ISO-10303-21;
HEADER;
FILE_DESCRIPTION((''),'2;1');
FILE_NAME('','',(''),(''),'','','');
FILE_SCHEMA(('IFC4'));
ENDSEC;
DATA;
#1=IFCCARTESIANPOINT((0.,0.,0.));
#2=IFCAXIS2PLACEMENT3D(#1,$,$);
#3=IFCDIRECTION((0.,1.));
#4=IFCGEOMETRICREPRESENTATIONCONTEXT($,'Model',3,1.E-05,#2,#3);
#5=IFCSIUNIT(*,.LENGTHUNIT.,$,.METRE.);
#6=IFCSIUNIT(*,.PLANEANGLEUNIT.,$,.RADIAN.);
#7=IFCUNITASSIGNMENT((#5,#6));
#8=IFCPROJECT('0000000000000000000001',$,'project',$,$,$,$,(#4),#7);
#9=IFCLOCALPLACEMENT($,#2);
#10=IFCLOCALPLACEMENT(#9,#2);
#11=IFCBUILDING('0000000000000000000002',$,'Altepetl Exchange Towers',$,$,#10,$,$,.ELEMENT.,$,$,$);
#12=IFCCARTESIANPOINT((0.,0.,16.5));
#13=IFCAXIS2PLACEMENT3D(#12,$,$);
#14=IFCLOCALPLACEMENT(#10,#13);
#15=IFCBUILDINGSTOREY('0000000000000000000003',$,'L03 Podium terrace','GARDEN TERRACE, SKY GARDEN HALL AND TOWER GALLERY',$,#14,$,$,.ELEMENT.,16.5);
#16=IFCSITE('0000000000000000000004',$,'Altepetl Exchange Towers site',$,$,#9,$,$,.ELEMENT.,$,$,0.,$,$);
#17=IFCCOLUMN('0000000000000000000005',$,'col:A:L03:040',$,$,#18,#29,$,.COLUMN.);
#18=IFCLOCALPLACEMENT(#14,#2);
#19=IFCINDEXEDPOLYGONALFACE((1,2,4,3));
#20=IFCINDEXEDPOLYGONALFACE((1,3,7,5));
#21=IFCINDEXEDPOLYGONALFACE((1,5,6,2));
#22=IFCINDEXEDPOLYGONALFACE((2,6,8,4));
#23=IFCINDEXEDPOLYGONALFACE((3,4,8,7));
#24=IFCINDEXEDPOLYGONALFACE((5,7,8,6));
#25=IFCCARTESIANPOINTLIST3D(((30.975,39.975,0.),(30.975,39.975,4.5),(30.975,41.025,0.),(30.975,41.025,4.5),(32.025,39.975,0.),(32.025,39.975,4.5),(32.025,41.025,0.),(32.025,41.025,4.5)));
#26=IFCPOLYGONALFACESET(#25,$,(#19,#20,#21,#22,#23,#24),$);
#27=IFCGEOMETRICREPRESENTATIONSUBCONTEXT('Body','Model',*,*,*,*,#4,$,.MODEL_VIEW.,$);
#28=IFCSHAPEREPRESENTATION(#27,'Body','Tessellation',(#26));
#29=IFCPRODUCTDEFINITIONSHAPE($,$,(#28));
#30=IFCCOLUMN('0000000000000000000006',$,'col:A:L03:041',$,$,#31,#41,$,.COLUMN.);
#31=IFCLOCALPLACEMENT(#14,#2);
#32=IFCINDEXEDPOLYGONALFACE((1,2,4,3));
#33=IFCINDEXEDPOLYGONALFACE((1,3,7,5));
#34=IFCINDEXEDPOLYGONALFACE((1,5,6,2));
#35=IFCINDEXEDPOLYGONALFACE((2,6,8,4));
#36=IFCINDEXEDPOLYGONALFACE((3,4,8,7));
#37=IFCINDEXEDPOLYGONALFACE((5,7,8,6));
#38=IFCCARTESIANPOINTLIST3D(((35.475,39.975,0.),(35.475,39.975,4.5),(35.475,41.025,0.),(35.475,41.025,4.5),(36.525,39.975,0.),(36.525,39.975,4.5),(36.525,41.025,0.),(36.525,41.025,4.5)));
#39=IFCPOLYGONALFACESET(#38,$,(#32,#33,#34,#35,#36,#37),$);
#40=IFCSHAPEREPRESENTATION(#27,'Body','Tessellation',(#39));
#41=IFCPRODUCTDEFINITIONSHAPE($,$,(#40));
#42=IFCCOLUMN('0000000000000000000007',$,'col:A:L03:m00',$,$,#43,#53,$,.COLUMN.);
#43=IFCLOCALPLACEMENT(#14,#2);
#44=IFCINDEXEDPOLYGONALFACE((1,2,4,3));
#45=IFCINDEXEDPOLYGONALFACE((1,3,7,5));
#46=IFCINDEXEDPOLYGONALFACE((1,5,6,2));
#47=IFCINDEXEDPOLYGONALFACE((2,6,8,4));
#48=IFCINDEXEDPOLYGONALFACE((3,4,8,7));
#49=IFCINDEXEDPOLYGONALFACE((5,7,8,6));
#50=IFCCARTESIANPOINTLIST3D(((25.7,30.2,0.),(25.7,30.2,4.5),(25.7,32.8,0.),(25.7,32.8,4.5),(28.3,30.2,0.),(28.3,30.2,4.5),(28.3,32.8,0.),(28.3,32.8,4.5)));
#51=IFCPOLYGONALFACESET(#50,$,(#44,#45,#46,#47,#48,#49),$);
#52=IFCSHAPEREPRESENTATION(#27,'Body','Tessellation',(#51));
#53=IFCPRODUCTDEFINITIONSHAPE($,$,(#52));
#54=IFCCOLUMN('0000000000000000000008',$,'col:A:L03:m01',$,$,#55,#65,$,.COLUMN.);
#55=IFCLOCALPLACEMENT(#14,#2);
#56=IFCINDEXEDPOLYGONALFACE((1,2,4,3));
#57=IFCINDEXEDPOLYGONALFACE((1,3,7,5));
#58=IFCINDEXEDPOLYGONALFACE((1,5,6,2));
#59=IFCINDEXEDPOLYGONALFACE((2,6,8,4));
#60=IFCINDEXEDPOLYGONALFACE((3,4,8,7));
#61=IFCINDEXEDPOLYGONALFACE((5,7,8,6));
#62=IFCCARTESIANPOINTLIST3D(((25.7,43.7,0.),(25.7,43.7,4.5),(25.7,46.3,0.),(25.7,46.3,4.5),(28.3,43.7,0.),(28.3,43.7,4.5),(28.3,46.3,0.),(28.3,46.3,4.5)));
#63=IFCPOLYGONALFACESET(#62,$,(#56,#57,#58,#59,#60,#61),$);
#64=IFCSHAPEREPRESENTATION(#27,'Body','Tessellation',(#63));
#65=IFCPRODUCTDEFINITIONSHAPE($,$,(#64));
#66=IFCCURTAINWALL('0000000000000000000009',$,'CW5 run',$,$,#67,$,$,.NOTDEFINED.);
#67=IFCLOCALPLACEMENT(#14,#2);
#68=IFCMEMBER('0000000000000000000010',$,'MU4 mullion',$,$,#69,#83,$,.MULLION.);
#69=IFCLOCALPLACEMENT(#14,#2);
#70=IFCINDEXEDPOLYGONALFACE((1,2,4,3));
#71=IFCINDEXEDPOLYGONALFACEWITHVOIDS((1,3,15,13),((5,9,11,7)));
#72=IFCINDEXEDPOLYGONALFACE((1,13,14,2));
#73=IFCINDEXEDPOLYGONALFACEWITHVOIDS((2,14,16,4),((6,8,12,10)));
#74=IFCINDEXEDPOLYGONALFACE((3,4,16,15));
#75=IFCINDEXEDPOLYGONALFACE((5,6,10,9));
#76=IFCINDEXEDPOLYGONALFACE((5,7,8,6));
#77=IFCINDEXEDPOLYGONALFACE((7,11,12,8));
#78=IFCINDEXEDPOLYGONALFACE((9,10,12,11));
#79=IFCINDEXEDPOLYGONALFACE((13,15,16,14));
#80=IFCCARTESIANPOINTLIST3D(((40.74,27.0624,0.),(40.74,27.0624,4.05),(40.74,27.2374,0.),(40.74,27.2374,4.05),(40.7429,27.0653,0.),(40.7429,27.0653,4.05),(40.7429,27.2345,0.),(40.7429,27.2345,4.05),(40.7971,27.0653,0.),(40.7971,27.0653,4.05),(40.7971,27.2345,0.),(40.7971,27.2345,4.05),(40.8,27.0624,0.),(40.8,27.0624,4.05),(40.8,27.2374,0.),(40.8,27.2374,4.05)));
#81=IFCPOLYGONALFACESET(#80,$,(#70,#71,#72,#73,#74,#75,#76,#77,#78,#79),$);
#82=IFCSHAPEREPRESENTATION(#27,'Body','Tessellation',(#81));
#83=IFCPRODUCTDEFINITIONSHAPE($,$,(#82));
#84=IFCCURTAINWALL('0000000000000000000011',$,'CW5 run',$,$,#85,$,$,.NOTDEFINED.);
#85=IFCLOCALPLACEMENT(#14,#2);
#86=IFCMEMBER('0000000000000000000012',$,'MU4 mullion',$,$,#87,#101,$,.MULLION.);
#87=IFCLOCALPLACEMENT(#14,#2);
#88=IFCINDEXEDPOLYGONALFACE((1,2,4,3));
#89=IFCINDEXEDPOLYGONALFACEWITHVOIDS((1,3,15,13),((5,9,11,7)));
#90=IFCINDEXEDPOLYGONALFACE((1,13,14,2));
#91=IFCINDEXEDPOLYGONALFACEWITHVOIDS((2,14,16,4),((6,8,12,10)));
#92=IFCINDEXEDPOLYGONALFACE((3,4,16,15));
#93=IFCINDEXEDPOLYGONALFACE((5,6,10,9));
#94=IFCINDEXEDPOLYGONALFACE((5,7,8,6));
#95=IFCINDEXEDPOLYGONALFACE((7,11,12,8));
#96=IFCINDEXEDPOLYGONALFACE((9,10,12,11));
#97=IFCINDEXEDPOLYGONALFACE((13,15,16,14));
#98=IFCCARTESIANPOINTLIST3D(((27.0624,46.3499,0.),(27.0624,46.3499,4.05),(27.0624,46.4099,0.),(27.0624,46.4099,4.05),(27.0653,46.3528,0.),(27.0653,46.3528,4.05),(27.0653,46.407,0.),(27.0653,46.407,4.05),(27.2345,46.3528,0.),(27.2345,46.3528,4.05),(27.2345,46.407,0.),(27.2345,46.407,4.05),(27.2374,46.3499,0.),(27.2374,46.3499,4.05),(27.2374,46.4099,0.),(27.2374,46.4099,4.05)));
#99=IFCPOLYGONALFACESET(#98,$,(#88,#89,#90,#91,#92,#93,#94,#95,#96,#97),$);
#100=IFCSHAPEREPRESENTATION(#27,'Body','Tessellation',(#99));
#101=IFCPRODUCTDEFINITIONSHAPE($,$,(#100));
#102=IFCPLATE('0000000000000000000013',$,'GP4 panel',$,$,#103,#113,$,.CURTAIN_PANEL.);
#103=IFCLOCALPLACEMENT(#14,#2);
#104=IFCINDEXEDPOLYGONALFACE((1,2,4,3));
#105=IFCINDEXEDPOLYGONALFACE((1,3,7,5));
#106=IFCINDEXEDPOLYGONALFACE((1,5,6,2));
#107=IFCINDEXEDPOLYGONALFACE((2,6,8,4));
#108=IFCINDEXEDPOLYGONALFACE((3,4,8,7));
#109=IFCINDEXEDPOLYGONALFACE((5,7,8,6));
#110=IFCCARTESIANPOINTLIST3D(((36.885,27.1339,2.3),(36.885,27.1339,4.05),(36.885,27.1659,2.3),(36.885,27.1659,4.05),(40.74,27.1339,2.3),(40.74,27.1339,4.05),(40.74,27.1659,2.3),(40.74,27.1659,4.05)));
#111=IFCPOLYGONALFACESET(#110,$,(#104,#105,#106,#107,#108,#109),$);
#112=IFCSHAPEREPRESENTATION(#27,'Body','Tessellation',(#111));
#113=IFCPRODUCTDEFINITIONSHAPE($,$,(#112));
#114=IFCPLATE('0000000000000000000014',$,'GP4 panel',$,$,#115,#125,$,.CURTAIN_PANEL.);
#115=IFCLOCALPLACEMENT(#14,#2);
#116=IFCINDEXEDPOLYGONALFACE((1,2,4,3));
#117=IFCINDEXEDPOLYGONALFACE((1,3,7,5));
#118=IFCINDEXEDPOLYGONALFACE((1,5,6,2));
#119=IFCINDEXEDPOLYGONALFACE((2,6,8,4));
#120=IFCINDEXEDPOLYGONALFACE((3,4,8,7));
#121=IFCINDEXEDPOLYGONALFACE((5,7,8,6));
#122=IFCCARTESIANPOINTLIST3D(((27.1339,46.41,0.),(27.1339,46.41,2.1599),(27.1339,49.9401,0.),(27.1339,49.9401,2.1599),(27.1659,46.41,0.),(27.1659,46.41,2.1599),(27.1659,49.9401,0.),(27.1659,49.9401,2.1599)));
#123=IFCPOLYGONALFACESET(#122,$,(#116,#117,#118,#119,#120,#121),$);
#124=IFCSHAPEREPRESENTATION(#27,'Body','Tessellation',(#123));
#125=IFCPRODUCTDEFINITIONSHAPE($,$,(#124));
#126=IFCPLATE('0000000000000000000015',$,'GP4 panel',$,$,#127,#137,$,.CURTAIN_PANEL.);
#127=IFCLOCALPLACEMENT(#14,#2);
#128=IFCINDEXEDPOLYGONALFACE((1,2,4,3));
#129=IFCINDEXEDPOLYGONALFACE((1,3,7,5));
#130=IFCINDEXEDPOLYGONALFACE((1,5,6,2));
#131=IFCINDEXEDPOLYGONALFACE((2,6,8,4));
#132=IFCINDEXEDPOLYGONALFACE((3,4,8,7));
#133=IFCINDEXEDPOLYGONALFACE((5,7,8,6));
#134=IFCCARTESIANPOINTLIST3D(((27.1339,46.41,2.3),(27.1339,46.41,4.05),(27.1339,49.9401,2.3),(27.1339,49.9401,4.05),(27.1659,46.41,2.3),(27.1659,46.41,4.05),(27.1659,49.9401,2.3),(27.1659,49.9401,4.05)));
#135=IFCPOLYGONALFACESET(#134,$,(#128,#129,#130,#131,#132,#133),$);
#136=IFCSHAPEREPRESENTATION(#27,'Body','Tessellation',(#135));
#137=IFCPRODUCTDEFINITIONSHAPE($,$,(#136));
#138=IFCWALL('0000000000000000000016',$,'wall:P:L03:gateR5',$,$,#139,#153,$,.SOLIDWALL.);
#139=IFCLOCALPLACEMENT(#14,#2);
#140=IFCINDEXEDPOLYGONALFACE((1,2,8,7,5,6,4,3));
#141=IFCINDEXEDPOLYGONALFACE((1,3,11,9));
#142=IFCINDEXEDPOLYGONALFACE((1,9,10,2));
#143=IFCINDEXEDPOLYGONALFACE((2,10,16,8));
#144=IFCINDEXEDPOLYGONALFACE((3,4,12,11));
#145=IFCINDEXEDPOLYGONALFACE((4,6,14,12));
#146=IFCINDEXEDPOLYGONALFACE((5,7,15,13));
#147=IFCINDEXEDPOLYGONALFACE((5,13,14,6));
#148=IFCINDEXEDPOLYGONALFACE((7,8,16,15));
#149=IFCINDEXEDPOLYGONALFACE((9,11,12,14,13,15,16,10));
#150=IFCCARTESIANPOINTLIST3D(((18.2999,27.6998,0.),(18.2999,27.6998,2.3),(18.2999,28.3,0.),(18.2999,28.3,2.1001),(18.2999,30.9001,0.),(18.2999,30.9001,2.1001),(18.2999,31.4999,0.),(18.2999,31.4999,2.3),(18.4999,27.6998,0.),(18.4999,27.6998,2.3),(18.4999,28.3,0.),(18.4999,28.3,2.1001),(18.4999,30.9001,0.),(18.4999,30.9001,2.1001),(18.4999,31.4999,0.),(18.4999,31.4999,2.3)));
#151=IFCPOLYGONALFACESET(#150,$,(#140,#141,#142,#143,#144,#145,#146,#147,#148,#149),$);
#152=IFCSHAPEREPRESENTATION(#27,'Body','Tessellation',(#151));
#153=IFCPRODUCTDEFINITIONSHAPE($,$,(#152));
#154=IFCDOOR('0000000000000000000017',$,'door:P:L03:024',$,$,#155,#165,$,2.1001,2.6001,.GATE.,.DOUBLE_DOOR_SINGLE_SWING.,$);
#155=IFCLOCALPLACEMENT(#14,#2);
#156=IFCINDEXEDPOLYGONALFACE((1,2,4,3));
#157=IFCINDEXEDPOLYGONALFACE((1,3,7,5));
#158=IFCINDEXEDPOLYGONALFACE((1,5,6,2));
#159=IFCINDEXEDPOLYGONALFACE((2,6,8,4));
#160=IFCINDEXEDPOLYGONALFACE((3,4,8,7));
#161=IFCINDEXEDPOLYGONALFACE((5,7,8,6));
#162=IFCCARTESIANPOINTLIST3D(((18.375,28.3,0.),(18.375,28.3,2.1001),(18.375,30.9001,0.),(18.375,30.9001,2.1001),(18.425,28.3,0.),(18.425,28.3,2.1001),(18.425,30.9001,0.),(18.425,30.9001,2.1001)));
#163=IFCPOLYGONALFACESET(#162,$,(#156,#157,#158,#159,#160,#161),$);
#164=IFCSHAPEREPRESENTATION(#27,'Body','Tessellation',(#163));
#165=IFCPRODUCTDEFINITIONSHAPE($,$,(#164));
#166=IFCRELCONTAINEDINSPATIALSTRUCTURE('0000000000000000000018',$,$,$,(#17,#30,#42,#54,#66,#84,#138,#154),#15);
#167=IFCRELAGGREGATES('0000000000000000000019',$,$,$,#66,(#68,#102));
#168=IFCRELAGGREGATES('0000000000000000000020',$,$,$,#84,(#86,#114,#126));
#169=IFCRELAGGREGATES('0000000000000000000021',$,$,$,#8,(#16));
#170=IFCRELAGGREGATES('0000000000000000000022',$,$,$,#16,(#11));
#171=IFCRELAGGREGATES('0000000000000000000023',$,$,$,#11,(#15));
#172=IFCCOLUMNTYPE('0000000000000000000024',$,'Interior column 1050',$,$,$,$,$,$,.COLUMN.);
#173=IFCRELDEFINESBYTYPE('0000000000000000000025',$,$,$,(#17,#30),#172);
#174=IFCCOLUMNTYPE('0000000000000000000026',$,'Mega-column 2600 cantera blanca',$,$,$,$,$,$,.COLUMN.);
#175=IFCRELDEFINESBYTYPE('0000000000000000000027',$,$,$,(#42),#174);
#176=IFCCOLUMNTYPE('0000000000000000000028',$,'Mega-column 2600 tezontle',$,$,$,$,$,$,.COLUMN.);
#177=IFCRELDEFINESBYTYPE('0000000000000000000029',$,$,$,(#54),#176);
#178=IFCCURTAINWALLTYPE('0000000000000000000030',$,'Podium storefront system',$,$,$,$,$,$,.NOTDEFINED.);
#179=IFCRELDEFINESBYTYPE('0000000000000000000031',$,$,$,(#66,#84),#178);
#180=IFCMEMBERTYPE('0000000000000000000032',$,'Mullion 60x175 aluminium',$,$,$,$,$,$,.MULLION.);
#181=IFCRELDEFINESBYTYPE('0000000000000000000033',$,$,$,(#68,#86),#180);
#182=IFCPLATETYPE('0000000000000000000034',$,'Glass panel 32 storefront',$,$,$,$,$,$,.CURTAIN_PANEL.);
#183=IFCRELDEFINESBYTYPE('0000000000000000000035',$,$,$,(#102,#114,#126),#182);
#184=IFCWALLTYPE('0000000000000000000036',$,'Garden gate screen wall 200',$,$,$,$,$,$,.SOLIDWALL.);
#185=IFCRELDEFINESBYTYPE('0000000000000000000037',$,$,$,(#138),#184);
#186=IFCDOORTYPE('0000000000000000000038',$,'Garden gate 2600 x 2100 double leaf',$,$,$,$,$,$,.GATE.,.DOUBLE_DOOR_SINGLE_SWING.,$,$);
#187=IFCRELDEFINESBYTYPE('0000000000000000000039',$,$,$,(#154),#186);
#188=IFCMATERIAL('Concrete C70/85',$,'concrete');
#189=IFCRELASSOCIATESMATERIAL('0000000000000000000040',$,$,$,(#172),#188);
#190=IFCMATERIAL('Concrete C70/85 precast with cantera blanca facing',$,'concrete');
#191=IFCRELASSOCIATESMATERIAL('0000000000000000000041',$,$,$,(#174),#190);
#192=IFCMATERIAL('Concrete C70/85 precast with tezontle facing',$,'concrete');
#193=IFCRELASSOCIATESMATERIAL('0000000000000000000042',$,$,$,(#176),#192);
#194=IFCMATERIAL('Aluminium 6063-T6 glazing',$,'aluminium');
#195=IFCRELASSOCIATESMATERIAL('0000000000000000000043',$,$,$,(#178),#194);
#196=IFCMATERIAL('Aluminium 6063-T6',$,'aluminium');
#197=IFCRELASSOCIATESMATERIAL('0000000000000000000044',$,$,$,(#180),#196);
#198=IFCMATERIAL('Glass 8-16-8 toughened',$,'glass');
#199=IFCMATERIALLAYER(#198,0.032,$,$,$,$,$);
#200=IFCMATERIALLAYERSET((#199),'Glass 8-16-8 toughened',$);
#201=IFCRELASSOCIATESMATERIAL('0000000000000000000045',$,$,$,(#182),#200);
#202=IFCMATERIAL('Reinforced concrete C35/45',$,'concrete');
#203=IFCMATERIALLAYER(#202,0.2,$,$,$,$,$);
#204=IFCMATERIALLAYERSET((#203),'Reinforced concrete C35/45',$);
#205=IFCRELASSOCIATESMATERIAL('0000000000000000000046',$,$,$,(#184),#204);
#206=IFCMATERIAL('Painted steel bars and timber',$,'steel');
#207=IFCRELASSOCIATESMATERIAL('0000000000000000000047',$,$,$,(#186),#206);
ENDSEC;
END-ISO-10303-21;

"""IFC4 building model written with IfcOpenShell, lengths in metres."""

from ifc_helpers import new_model, si_unit, direction, frame, frame_2d, origin, origin_2d, place, context, subcontext, project, spatial, rectangle, hollow_rectangle, extrude, material, layer, layer_set, material_profile, profile_set, type_object, element, fill, aggregate, save


model = new_model("IFC4")

# Units and contexts
model_context = context("Model", 3, precision=1e-05, world=origin(), true_north=direction((0.0, 1.0)))
body_context = subcontext(model_context, "Body", "Model", "MODEL_VIEW")
ifc_project = project(units=[si_unit("LENGTHUNIT", "METRE"), si_unit("PLANEANGLEUNIT", "RADIAN")], contexts=[model_context])

# Site, building, storey
site_placement = place(None, origin())
site = spatial("IfcSite", under=ifc_project, at=site_placement, Name="Altepetl Exchange Towers site", CompositionType="ELEMENT", RefElevation=0.0)
building_placement = place(site_placement, origin())
building = spatial("IfcBuilding", under=site, at=building_placement, Name="Altepetl Exchange Towers", CompositionType="ELEMENT")
storey_placement = place(building_placement, frame((0.0, 0.0, 16.5)))
storey = spatial("IfcBuildingStorey", under=building, at=storey_placement, Name="L03 Podium terrace", Description="GARDEN TERRACE, SKY GARDEN HALL AND TOWER GALLERY", CompositionType="ELEMENT", Elevation=16.5)

# Columns
ifc_material_1 = material(Name="Concrete C70/85", Category="concrete")
ifc_material_profile_1 = material_profile(ifc_material_1, rectangle(XDim=1.05, YDim=1.05, at=origin_2d()), Name="1050 x 1050")
ifc_profile_set_1 = profile_set([ifc_material_profile_1], Name="Concrete C70/85")
column_type_1 = type_object("IfcColumnType", Name="Interior column 1050", PredefinedType="COLUMN", material=ifc_profile_set_1)
for number, where, name in (
    (1, (31.5, 40.5, 0.0), "col:A:L03:040"),
    (2, (36.0, 40.5, 0.0), "col:A:L03:041"),
):
    element("IfcColumn", number, at=place(storey_placement, frame(where)), inside=storey, type_object=column_type_1, Name=name, PredefinedType="COLUMN", context=body_context, shape_type="SweptSolid", body=[
        extrude(rectangle(XDim=1.05, YDim=1.05, at=origin_2d()), origin(), (0.0, 0.0, 1.0), 4.5),
    ])
ifc_material_2 = material(Name="Concrete C70/85 precast with cantera blanca facing", Category="concrete")
ifc_material_profile_2 = material_profile(ifc_material_2, rectangle(XDim=2.6001, YDim=2.6001, at=origin_2d()), Name="2600 x 2600")
ifc_profile_set_2 = profile_set([ifc_material_profile_2], Name="Concrete C70/85 precast with cantera blanca facing")
column_type_2 = type_object("IfcColumnType", Name="Mega-column 2600 cantera blanca", PredefinedType="COLUMN", material=ifc_profile_set_2)
column_1_placement = place(storey_placement, frame((27.0, 31.5, 0.0)))
element("IfcColumn", 3, at=column_1_placement, inside=storey, type_object=column_type_2, Name="col:A:L03:m00", PredefinedType="COLUMN", context=body_context, shape_type="SweptSolid", body=[
    extrude(rectangle(XDim=2.6001, YDim=2.6001, at=origin_2d()), origin(), (0.0, 0.0, 1.0), 4.5),
])
ifc_material_3 = material(Name="Concrete C70/85 precast with tezontle facing", Category="concrete")
ifc_material_profile_3 = material_profile(ifc_material_3, rectangle(XDim=2.6001, YDim=2.6001, at=origin_2d()), Name="2600 x 2600")
ifc_profile_set_3 = profile_set([ifc_material_profile_3], Name="Concrete C70/85 precast with tezontle facing")
column_type_3 = type_object("IfcColumnType", Name="Mega-column 2600 tezontle", PredefinedType="COLUMN", material=ifc_profile_set_3)
column_2_placement = place(storey_placement, frame((27.0, 45.0, 0.0)))
element("IfcColumn", 4, at=column_2_placement, inside=storey, type_object=column_type_3, Name="col:A:L03:m01", PredefinedType="COLUMN", context=body_context, shape_type="SweptSolid", body=[
    extrude(rectangle(XDim=2.6001, YDim=2.6001, at=origin_2d()), origin(), (0.0, 0.0, 1.0), 4.5),
])

# Curtain walls, members
ifc_material_4 = material(Name="Aluminium 6063-T6 glazing", Category="aluminium")
curtain_wall_type = type_object("IfcCurtainWallType", Name="Podium storefront system", PredefinedType="NOTDEFINED", material=ifc_material_4)
curtain_wall_1_placement = place(storey_placement, origin())
curtain_wall_1 = element("IfcCurtainWall", 5, at=curtain_wall_1_placement, inside=storey, type_object=curtain_wall_type, Name="CW5 run", PredefinedType="NOTDEFINED")
ifc_material_5 = material(Name="Aluminium 6063-T6", Category="aluminium")
ifc_material_profile_4 = material_profile(ifc_material_5, hollow_rectangle(XDim=0.0601, YDim=0.175, WallThickness=0.0029, at=origin_2d()), Name="Mullion 60x175 aluminium")
ifc_profile_set_4 = profile_set([ifc_material_profile_4], Name="Aluminium 6063-T6")
member_type = type_object("IfcMemberType", Name="Mullion 60x175 aluminium", PredefinedType="MULLION", material=ifc_profile_set_4)
member_1_placement = place(storey_placement, frame((40.77, 27.1499, 0.0)))
member_1 = element("IfcMember", 6, at=member_1_placement, type_object=member_type, Name="MU4 mullion", PredefinedType="MULLION", context=body_context, shape_type="SweptSolid", body=[
    extrude(hollow_rectangle(XDim=0.0601, YDim=0.175, WallThickness=0.0029, at=origin_2d()), origin(), (0.0, 0.0, 1.0), 4.05),
])
curtain_wall_2_placement = place(storey_placement, origin())
curtain_wall_2 = element("IfcCurtainWall", 7, at=curtain_wall_2_placement, inside=storey, type_object=curtain_wall_type, Name="CW5 run", PredefinedType="NOTDEFINED")
member_2_placement = place(storey_placement, frame((27.1499, 46.3799, 0.0), z_axis=(0.0, 0.0, 1.0), x_axis=(0.0, -1.0, 0.0)))
member_2 = element("IfcMember", 8, at=member_2_placement, type_object=member_type, Name="MU4 mullion", PredefinedType="MULLION", context=body_context, shape_type="SweptSolid", body=[
    extrude(hollow_rectangle(XDim=0.0601, YDim=0.175, WallThickness=0.0029, at=origin_2d()), origin(), (0.0, 0.0, 1.0), 4.05),
])

# Plates
ifc_material_6 = material(Name="Glass 8-16-8 toughened", Category="glass")
ifc_layer_1 = layer(ifc_material_6, 0.032)
ifc_layer_set_1 = layer_set([ifc_layer_1], Name="Glass 8-16-8 toughened")
plate_type = type_object("IfcPlateType", Name="Glass panel 32 storefront", PredefinedType="CURTAIN_PANEL", material=ifc_layer_set_1)
plate_1_placement = place(storey_placement, frame((38.8125, 27.1499, 2.3)))
plate_1 = element("IfcPlate", 9, at=plate_1_placement, type_object=plate_type, Name="GP4 panel", PredefinedType="CURTAIN_PANEL", context=body_context, shape_type="SweptSolid", body=[
    extrude(rectangle(XDim=3.855, YDim=0.032, at=origin_2d()), origin(), (0.0, 0.0, 1.0), 1.75),
])
aggregate(curtain_wall_1, [member_1, plate_1])
plate_2_placement = place(storey_placement, frame((27.1499, 48.175, 0.0), z_axis=(0.0, 0.0, 1.0), x_axis=(0.0, -1.0, 0.0)))
plate_2 = element("IfcPlate", 10, at=plate_2_placement, type_object=plate_type, Name="GP4 panel", PredefinedType="CURTAIN_PANEL", context=body_context, shape_type="SweptSolid", body=[
    extrude(rectangle(XDim=3.53, YDim=0.032, at=origin_2d()), origin(), (0.0, 0.0, 1.0), 2.1599),
])
plate_3_placement = place(storey_placement, frame((27.1499, 48.175, 2.3), z_axis=(0.0, 0.0, 1.0), x_axis=(0.0, -1.0, 0.0)))
plate_3 = element("IfcPlate", 11, at=plate_3_placement, type_object=plate_type, Name="GP4 panel", PredefinedType="CURTAIN_PANEL", context=body_context, shape_type="SweptSolid", body=[
    extrude(rectangle(XDim=3.53, YDim=0.032, at=origin_2d()), origin(), (0.0, 0.0, 1.0), 1.75),
])
aggregate(curtain_wall_2, [member_2, plate_2, plate_3])

# Wall, opening, door
ifc_material_7 = material(Name="Reinforced concrete C35/45", Category="concrete")
ifc_layer_2 = layer(ifc_material_7, 0.2)
ifc_layer_set_2 = layer_set([ifc_layer_2], Name="Reinforced concrete C35/45")
wall_type_1 = type_object("IfcWallType", Name="Garden gate screen wall 200", PredefinedType="SOLIDWALL", material=ifc_layer_set_2)
wall_1_placement = place(storey_placement, frame((18.3999, 27.7, 0.0), z_axis=(0.0, 0.0, 1.0), x_axis=(0.0, 1.0, 0.0)))
wall_1 = element("IfcWall", 12, at=wall_1_placement, inside=storey, type_object=wall_type_1, Name="wall:P:L03:gateR5", PredefinedType="SOLIDWALL", context=body_context, shape_type="SweptSolid", body=[
    extrude(rectangle(XDim=3.8, YDim=0.2, at=frame_2d((1.8999, 0.0))), origin(), (0.0, 0.0, 1.0), 2.3),
])
opening_1_placement = place(wall_1_placement, frame((0.6001, 0.0, 0.0)))
opening_1 = element("IfcOpeningElement", 13, at=opening_1_placement, cuts=wall_1, PredefinedType="OPENING", context=body_context, shape_type="SweptSolid", body=[
    extrude(rectangle(XDim=2.6001, YDim=2.1001, at=frame_2d((1.3, 1.05))), frame((0.0, 0.1099, 0.0), z_axis=(0.0, -1.0, 0.0), x_axis=(1.0, 0.0, 0.0)), (0.0, 0.0, 1.0), 0.22),
])
ifc_material_8 = material(Name="Painted steel bars and timber", Category="steel")
door_type_1 = type_object("IfcDoorType", Name="Garden gate 2600 x 2100 double leaf", OperationType="DOUBLE_DOOR_SINGLE_SWING", PredefinedType="GATE", material=ifc_material_8)
door_1_placement = place(opening_1_placement, origin())
door_1 = element("IfcDoor", 14, at=door_1_placement, inside=storey, type_object=door_type_1, Name="door:P:L03:024", OperationType="DOUBLE_DOOR_SINGLE_SWING", OverallHeight=2.1001, OverallWidth=2.6001, PredefinedType="GATE", context=body_context, shape_type="SweptSolid", body=[
    extrude(rectangle(XDim=2.6001, YDim=2.1001, at=frame_2d((1.3, 1.05))), frame((0.0, 0.0249, 0.0), z_axis=(0.0, -1.0, 0.0), x_axis=(1.0, 0.0, 0.0)), (0.0, 0.0, 1.0), 0.05),
])
fill(opening_1, door_1)

save(model, "model.ifc")
